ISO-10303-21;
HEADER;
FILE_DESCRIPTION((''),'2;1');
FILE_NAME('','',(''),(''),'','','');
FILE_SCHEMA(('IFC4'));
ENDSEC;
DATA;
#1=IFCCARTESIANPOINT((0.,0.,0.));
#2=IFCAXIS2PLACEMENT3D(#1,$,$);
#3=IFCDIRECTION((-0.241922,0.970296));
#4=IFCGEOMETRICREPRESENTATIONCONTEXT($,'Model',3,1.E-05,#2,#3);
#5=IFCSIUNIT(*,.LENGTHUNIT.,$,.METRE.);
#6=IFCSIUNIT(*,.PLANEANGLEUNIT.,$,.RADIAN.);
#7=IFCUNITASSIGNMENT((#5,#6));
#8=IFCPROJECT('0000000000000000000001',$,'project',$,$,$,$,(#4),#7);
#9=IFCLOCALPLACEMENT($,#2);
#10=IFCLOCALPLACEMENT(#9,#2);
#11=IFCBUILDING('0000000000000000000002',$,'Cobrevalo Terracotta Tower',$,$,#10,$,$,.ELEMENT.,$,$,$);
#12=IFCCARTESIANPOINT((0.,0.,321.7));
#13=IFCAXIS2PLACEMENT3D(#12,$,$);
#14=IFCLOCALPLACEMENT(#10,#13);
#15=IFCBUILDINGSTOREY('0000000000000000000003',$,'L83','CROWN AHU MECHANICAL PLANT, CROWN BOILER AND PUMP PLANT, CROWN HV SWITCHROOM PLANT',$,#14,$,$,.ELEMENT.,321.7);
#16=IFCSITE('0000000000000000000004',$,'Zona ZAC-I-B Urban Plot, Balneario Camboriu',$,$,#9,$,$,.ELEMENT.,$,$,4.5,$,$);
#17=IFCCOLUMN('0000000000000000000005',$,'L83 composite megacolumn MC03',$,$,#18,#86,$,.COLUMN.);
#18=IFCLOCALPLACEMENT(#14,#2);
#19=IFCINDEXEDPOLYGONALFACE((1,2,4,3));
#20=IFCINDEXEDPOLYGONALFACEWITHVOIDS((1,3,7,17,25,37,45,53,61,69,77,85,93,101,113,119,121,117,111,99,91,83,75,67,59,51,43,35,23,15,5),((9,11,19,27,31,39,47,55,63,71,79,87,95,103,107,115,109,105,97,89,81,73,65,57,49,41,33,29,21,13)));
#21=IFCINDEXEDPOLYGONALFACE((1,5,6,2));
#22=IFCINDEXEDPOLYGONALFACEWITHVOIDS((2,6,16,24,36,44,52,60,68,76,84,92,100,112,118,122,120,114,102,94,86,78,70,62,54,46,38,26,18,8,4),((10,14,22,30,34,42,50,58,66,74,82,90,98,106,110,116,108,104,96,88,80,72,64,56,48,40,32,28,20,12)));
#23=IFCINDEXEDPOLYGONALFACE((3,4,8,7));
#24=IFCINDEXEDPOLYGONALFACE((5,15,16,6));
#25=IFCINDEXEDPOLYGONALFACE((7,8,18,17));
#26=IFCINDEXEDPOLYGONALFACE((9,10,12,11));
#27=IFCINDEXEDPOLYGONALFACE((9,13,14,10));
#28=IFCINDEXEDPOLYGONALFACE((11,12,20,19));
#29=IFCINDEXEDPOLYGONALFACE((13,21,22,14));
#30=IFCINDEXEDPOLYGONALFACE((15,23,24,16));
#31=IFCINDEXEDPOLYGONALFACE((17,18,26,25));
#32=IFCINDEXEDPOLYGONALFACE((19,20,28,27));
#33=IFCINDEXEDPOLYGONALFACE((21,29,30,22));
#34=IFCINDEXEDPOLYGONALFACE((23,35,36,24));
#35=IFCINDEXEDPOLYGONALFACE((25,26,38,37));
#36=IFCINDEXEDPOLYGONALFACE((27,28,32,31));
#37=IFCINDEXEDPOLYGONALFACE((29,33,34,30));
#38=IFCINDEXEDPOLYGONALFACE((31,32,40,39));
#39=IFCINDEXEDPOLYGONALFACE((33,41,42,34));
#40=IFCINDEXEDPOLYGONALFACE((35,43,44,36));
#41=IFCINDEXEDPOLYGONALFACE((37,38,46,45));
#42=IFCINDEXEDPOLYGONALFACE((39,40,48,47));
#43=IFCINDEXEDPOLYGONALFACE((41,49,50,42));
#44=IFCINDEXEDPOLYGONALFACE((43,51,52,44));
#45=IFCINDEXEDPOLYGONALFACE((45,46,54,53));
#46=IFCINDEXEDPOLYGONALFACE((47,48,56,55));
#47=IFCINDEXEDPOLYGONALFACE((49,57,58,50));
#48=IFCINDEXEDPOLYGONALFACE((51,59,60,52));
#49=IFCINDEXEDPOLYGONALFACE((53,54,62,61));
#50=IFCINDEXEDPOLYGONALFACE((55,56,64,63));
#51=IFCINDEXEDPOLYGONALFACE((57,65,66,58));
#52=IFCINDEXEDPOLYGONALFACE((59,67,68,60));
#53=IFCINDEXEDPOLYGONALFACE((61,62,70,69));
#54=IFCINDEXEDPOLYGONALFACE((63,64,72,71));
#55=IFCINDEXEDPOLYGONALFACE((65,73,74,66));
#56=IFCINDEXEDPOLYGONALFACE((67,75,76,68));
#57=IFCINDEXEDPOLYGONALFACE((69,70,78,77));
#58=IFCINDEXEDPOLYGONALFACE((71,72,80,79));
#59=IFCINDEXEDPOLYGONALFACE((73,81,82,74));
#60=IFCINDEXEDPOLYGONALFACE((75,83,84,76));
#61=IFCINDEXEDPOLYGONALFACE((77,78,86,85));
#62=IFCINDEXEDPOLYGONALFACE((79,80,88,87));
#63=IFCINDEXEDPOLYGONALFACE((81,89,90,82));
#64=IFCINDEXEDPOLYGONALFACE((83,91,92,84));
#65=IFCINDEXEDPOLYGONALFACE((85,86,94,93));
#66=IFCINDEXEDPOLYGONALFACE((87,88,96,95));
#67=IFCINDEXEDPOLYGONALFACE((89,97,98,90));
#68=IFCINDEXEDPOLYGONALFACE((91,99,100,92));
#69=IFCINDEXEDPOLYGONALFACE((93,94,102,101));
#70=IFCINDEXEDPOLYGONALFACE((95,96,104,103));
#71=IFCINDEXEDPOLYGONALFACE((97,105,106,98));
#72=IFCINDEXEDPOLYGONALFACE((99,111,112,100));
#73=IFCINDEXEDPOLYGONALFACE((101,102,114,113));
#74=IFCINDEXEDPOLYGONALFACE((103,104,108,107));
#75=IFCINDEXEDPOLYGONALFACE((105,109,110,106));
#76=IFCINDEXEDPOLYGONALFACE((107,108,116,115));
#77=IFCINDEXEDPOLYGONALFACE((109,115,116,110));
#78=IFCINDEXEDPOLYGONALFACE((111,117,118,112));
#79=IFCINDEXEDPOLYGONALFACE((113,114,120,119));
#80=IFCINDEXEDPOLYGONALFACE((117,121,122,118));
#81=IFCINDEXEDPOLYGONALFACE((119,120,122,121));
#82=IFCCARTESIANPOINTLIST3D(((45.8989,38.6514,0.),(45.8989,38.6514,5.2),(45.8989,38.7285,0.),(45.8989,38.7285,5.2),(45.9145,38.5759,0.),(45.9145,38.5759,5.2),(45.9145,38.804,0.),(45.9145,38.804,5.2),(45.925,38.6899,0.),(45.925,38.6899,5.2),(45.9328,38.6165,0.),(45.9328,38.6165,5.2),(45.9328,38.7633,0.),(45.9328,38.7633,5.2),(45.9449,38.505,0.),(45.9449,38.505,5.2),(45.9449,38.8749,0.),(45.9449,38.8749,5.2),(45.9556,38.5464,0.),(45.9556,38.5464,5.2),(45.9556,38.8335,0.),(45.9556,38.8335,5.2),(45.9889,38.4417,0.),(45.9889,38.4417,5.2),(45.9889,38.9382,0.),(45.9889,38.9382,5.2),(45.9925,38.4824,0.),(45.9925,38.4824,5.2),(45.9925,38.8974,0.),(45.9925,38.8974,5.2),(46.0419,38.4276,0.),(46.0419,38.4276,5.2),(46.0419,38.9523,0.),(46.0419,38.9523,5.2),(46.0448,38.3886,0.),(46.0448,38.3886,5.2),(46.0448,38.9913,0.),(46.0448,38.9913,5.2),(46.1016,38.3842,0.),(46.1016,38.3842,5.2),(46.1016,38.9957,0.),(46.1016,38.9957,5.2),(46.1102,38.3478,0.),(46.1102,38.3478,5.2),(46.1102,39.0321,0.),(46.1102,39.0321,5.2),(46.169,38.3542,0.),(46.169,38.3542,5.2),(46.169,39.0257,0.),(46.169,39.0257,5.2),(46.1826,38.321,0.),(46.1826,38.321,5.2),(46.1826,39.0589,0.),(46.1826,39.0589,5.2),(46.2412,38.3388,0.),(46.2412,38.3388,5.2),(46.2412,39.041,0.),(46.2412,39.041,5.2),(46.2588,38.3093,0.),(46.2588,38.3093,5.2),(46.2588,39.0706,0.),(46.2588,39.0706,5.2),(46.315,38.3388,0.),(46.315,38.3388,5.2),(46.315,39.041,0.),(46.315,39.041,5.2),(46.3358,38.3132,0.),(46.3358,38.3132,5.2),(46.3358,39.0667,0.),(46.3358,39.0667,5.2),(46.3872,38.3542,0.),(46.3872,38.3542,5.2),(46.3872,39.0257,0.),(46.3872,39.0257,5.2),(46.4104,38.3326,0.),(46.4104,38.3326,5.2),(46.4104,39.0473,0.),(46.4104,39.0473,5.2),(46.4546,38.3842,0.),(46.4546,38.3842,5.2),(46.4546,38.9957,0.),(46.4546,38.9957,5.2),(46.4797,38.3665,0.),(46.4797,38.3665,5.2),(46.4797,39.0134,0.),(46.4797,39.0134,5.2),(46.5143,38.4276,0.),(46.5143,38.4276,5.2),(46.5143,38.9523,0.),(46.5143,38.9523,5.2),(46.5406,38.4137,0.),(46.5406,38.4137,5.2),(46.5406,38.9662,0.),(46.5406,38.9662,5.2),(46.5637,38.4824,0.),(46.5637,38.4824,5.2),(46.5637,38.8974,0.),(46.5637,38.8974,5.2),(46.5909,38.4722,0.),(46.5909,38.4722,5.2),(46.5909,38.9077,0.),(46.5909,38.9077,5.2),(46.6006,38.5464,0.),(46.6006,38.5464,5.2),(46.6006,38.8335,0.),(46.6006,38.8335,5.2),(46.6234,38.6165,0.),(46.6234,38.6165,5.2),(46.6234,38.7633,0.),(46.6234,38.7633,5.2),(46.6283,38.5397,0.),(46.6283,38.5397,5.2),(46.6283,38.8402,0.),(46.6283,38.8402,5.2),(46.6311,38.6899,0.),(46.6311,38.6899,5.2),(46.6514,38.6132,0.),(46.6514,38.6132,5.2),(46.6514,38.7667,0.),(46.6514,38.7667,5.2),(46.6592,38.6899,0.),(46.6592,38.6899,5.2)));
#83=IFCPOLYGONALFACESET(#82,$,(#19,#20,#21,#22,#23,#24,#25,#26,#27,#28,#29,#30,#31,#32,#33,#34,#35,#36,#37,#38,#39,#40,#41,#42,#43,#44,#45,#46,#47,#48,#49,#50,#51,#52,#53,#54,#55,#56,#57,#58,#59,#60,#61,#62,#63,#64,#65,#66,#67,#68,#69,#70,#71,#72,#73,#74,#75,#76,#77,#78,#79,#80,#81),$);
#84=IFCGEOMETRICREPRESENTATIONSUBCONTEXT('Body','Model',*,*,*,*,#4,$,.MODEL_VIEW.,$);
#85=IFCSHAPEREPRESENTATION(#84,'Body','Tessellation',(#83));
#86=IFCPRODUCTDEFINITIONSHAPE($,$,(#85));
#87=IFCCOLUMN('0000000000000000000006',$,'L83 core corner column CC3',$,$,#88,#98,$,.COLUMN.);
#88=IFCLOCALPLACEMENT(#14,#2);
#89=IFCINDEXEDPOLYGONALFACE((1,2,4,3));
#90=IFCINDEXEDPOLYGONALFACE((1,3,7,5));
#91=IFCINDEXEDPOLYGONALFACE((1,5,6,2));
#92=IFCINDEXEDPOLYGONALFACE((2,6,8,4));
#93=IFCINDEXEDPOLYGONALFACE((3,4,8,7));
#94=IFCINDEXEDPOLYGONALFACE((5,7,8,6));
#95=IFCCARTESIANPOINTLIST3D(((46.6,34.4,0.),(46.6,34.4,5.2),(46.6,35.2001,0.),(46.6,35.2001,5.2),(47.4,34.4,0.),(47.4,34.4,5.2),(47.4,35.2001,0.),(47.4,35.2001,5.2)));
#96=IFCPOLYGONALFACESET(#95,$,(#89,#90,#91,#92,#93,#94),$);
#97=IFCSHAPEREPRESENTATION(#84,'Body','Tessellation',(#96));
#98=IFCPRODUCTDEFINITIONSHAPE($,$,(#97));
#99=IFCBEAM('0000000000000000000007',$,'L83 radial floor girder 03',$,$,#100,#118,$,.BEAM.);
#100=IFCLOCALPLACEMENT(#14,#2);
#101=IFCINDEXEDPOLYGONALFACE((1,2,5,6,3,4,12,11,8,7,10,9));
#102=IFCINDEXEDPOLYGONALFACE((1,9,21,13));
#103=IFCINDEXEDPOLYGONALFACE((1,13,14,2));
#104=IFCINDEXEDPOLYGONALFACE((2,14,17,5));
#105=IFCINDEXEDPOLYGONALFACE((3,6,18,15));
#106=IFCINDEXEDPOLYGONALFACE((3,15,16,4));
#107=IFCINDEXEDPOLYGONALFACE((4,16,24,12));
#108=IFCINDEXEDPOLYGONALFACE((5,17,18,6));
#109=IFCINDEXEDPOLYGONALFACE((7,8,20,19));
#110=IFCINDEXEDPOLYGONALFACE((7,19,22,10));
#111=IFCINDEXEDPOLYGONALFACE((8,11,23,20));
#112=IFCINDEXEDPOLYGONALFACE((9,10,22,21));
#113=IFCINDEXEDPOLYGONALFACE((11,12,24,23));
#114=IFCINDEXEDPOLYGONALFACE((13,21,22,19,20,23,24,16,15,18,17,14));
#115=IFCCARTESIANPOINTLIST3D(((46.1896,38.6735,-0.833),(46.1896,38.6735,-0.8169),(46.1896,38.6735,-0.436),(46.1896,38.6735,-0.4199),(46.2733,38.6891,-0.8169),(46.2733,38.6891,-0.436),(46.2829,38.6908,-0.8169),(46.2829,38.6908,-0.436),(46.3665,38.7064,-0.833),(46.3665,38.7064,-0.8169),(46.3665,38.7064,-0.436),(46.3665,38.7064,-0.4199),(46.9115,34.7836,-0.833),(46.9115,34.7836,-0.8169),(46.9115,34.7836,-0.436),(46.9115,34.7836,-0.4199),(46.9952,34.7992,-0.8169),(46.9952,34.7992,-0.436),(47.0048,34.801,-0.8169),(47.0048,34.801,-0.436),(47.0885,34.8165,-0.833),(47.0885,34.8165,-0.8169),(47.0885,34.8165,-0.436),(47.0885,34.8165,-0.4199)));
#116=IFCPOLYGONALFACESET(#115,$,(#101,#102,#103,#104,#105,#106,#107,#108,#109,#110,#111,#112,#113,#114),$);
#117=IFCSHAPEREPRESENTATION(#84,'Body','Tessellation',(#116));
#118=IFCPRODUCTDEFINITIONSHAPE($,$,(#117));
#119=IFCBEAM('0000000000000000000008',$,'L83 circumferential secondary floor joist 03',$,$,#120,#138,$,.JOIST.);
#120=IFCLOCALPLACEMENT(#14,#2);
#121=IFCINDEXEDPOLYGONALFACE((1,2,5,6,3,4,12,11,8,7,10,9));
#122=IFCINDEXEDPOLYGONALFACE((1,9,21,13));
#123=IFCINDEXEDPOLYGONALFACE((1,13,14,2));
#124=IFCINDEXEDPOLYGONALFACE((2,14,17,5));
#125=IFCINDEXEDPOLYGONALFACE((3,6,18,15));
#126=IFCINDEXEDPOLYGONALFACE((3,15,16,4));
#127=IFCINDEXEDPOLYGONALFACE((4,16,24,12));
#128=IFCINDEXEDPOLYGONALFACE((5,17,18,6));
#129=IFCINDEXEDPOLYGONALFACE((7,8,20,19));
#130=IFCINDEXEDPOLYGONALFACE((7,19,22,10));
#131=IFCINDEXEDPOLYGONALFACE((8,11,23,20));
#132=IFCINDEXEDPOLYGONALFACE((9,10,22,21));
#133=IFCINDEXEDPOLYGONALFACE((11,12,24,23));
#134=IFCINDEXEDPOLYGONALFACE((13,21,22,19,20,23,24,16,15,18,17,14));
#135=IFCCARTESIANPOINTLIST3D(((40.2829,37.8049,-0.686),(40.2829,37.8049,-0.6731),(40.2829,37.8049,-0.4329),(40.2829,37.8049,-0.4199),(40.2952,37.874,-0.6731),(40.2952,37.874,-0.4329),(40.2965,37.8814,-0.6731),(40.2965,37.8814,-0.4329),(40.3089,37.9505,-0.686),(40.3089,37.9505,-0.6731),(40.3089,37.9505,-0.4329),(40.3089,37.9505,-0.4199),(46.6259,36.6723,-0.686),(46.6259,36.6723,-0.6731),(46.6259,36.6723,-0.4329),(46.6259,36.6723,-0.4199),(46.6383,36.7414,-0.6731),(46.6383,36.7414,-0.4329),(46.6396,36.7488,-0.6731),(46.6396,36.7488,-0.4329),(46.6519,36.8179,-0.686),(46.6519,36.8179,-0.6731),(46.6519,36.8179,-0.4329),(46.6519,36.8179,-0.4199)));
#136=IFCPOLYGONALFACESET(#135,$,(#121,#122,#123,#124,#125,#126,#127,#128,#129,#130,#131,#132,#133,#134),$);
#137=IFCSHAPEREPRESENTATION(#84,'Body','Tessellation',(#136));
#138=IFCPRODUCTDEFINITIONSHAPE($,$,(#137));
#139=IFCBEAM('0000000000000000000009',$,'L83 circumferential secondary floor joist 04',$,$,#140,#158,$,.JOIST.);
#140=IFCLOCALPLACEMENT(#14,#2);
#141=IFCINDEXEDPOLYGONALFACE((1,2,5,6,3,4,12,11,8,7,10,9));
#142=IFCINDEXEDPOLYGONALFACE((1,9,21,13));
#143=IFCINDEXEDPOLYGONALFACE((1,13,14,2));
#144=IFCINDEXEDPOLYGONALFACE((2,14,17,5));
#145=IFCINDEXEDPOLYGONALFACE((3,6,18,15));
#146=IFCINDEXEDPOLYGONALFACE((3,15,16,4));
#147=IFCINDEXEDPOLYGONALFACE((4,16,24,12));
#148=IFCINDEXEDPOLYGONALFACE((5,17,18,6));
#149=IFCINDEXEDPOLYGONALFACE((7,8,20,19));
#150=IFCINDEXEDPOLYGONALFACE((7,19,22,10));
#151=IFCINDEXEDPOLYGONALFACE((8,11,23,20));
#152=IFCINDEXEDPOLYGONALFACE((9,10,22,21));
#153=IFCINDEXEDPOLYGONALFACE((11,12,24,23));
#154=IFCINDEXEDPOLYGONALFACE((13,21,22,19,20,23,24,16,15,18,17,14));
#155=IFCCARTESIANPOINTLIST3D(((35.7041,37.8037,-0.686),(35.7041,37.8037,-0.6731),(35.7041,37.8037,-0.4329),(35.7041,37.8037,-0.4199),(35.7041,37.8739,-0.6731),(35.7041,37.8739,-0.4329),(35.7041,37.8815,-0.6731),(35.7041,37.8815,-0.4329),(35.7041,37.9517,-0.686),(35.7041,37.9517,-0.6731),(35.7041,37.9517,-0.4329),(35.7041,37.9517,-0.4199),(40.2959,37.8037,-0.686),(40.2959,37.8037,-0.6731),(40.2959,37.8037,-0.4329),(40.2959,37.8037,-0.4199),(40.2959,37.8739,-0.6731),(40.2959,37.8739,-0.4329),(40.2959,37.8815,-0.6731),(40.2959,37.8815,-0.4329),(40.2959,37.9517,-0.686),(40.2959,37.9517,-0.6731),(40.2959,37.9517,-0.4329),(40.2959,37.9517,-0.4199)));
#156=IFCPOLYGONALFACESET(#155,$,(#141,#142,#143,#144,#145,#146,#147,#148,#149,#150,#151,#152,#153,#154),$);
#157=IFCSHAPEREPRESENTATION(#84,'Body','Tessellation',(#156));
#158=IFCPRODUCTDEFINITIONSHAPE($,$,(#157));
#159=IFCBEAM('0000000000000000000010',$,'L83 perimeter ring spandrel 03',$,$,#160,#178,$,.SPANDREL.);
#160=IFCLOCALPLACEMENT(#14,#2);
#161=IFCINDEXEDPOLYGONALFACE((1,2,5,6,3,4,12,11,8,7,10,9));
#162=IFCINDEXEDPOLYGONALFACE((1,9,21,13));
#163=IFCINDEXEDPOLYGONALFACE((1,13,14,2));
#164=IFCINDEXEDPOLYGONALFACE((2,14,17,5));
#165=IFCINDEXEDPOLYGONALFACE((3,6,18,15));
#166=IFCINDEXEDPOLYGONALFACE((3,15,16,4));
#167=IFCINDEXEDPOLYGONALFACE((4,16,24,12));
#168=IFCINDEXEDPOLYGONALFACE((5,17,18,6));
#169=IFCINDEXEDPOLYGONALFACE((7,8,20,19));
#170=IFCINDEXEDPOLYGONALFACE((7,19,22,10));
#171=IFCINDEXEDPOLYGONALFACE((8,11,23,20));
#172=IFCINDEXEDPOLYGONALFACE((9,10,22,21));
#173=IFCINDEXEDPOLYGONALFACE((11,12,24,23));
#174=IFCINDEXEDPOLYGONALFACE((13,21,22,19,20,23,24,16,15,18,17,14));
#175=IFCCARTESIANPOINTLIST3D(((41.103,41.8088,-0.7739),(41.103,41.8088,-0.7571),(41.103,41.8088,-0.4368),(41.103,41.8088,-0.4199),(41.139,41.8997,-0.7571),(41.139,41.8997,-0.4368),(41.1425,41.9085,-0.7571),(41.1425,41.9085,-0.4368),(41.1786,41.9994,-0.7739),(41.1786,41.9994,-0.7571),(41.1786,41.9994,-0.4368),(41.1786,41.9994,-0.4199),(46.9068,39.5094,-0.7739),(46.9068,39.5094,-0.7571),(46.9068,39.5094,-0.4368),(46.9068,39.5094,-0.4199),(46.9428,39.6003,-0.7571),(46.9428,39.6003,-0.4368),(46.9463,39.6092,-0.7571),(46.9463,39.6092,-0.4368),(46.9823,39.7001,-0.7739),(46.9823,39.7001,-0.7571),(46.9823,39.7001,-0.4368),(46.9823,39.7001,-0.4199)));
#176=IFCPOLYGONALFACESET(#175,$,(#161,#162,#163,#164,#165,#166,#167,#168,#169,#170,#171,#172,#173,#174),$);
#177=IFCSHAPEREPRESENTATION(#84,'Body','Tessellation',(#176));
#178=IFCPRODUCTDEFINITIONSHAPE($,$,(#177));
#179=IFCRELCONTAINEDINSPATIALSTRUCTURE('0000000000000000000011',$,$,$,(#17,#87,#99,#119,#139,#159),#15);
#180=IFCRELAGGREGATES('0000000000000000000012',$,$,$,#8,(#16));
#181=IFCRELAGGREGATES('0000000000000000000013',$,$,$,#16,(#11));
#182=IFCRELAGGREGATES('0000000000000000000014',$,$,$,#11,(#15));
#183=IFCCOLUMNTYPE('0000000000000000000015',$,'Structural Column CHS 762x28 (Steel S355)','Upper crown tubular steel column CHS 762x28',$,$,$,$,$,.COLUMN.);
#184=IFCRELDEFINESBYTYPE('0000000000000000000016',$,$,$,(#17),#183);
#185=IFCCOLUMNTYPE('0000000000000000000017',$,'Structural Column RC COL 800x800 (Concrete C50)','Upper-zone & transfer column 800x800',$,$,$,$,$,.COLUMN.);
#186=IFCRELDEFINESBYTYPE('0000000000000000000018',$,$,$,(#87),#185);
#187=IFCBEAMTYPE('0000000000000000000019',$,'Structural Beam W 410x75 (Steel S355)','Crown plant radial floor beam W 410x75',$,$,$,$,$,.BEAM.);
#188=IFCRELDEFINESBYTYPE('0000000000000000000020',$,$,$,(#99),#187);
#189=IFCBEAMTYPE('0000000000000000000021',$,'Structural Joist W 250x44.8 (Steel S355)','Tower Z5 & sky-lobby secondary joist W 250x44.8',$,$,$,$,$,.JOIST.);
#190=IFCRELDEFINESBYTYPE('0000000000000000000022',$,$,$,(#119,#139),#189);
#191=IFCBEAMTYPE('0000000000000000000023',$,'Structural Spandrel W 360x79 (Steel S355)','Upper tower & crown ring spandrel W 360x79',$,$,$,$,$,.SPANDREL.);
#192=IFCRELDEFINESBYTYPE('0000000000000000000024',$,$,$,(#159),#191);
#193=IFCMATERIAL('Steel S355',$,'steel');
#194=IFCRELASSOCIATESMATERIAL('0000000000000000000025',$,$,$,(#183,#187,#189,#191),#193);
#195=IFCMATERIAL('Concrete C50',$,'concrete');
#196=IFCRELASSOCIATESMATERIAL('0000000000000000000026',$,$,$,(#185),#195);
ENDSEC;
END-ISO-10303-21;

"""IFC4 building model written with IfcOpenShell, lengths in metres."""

from ifc_helpers import new_model, si_unit, direction, frame, origin, origin_2d, place, context, subcontext, project, spatial, rectangle, hollow_circle, i_section, extrude, material, material_profile, profile_set, type_object, element, save


model = new_model("IFC4")

# Units and contexts
model_context = context("Model", 3, precision=1e-05, world=origin(), true_north=direction((-0.241922, 0.970296)))
body_context = subcontext(model_context, "Body", "Model", "MODEL_VIEW")
ifc_project = project(units=[si_unit("LENGTHUNIT", "METRE"), si_unit("PLANEANGLEUNIT", "RADIAN")], contexts=[model_context])

# Site, building, storey
site_placement = place(None, origin())
site = spatial("IfcSite", under=ifc_project, at=site_placement, Name="Zona ZAC-I-B Urban Plot, Balneario Camboriu", CompositionType="ELEMENT", RefElevation=4.5)
building_placement = place(site_placement, origin())
building = spatial("IfcBuilding", under=site, at=building_placement, Name="Cobrevalo Terracotta Tower", CompositionType="ELEMENT")
storey_placement = place(building_placement, frame((0.0, 0.0, 321.7)))
storey = spatial("IfcBuildingStorey", under=building, at=storey_placement, Name="L83", Description="CROWN AHU MECHANICAL PLANT, CROWN BOILER AND PUMP PLANT, CROWN HV SWITCHROOM PLANT", CompositionType="ELEMENT", Elevation=321.7)

# Columns
ifc_material_1 = material(Name="Steel S355", Category="steel")
ifc_material_profile_1 = material_profile(ifc_material_1, hollow_circle(Radius=0.3811, WallThickness=0.0281, at=origin_2d()), Name="CHS 762x28")
ifc_profile_set_1 = profile_set([ifc_material_profile_1], Name="Steel S355")
column_type_1 = type_object("IfcColumnType", Name="Structural Column CHS 762x28 (Steel S355)", Description="Upper crown tubular steel column CHS 762x28", PredefinedType="COLUMN", material=ifc_profile_set_1)
column_1_placement = place(storey_placement, frame((46.2781, 38.6899, 0.0), z_axis=(0.0, 0.0, 1.0), x_axis=(1.0, 0.0, 0.0)))
element("IfcColumn", 1, at=column_1_placement, inside=storey, type_object=column_type_1, Name="L83 composite megacolumn MC03", PredefinedType="COLUMN", context=body_context, shape_type="SweptSolid", body=[
    extrude(hollow_circle(Radius=0.3811, WallThickness=0.0281, at=origin_2d()), origin(), (0.0, 0.0, 1.0), 5.2),
])
ifc_material_2 = material(Name="Concrete C50", Category="concrete")
ifc_material_profile_2 = material_profile(ifc_material_2, rectangle(XDim=0.8, YDim=0.8, at=origin_2d()), Name="RC COL 800x800")
ifc_profile_set_2 = profile_set([ifc_material_profile_2], Name="Concrete C50")
column_type_2 = type_object("IfcColumnType", Name="Structural Column RC COL 800x800 (Concrete C50)", Description="Upper-zone & transfer column 800x800", PredefinedType="COLUMN", material=ifc_profile_set_2)
column_2_placement = place(storey_placement, frame((47.0, 34.8, 0.0), z_axis=(0.0, 0.0, 1.0), x_axis=(1.0, 0.0, 0.0)))
element("IfcColumn", 2, at=column_2_placement, inside=storey, type_object=column_type_2, Name="L83 core corner column CC3", PredefinedType="COLUMN", context=body_context, shape_type="SweptSolid", body=[
    extrude(rectangle(XDim=0.8, YDim=0.8, at=origin_2d()), origin(), (0.0, 0.0, 1.0), 5.2),
])

# Beams
ifc_material_profile_3 = material_profile(ifc_material_1, i_section(OverallWidth=0.1799, OverallDepth=0.4131, WebThickness=0.0098, FlangeThickness=0.0161, at=origin_2d()), Name="W 410x75")
ifc_profile_set_3 = profile_set([ifc_material_profile_3], Name="Steel S355")
beam_type_1 = type_object("IfcBeamType", Name="Structural Beam W 410x75 (Steel S355)", Description="Crown plant radial floor beam W 410x75", PredefinedType="BEAM", material=ifc_profile_set_3)
beam_1_placement = place(storey_placement, frame((46.2781, 38.6899, -0.6265), z_axis=(0.182474, -0.983211, 0.0), x_axis=(0.983211, 0.182474, 0.0)))
element("IfcBeam", 3, at=beam_1_placement, inside=storey, type_object=beam_type_1, Name="L83 radial floor girder 03", PredefinedType="BEAM", context=body_context, shape_type="SweptSolid", body=[
    extrude(i_section(OverallWidth=0.1799, OverallDepth=0.4131, WebThickness=0.0098, FlangeThickness=0.0161, at=origin_2d()), origin(), (0.0, 0.0, 1.0), 3.9563),
])
ifc_material_profile_4 = material_profile(ifc_material_1, i_section(OverallWidth=0.1479, OverallDepth=0.2661, WebThickness=0.0076, FlangeThickness=0.0129, at=origin_2d()), Name="W 250x44.8")
ifc_profile_set_4 = profile_set([ifc_material_profile_4], Name="Steel S355")
beam_type_2 = type_object("IfcBeamType", Name="Structural Joist W 250x44.8 (Steel S355)", Description="Tower Z5 & sky-lobby secondary joist W 250x44.8", PredefinedType="JOIST", material=ifc_profile_set_4)
beam_2_placement = place(storey_placement, frame((46.6389, 36.7451, -0.553), z_axis=(-0.984431, 0.175774, 0.0), x_axis=(-0.175774, -0.984431, 0.0)))
element("IfcBeam", 4, at=beam_2_placement, inside=storey, type_object=beam_type_2, Name="L83 circumferential secondary floor joist 03", PredefinedType="JOIST", context=body_context, shape_type="SweptSolid", body=[
    extrude(i_section(OverallWidth=0.1479, OverallDepth=0.2661, WebThickness=0.0076, FlangeThickness=0.0129, at=origin_2d()), origin(), (0.0, 0.0, 1.0), 6.4434),
])
beam_3_placement = place(storey_placement, frame((40.2959, 37.8777, -0.553), z_axis=(-1.0, 0.0, 0.0), x_axis=(0.0, -1.0, 0.0)))
element("IfcBeam", 5, at=beam_3_placement, inside=storey, type_object=beam_type_2, Name="L83 circumferential secondary floor joist 04", PredefinedType="JOIST", context=body_context, shape_type="SweptSolid", body=[
    extrude(i_section(OverallWidth=0.1479, OverallDepth=0.2661, WebThickness=0.0076, FlangeThickness=0.0129, at=origin_2d()), origin(), (0.0, 0.0, 1.0), 4.5918),
])
ifc_material_profile_5 = material_profile(ifc_material_1, i_section(OverallWidth=0.2051, OverallDepth=0.354, WebThickness=0.0095, FlangeThickness=0.0168, at=origin_2d()), Name="W 360x79")
ifc_profile_set_5 = profile_set([ifc_material_profile_5], Name="Steel S355")
beam_type_3 = type_object("IfcBeamType", Name="Structural Spandrel W 360x79 (Steel S355)", Description="Upper tower & crown ring spandrel W 360x79", PredefinedType="SPANDREL", material=ifc_profile_set_5)
beam_4_placement = place(storey_placement, frame((46.9446, 39.6047, -0.5969), z_axis=(-0.929696, 0.368327, 0.0), x_axis=(-0.368327, -0.929696, 0.0)))
element("IfcBeam", 6, at=beam_4_placement, inside=storey, type_object=beam_type_3, Name="L83 perimeter ring spandrel 03", PredefinedType="SPANDREL", context=body_context, shape_type="SweptSolid", body=[
    extrude(i_section(OverallWidth=0.2051, OverallDepth=0.354, WebThickness=0.0095, FlangeThickness=0.0168, at=origin_2d()), origin(), (0.0, 0.0, 1.0), 6.2427),
])

save(model, "model.ifc")
